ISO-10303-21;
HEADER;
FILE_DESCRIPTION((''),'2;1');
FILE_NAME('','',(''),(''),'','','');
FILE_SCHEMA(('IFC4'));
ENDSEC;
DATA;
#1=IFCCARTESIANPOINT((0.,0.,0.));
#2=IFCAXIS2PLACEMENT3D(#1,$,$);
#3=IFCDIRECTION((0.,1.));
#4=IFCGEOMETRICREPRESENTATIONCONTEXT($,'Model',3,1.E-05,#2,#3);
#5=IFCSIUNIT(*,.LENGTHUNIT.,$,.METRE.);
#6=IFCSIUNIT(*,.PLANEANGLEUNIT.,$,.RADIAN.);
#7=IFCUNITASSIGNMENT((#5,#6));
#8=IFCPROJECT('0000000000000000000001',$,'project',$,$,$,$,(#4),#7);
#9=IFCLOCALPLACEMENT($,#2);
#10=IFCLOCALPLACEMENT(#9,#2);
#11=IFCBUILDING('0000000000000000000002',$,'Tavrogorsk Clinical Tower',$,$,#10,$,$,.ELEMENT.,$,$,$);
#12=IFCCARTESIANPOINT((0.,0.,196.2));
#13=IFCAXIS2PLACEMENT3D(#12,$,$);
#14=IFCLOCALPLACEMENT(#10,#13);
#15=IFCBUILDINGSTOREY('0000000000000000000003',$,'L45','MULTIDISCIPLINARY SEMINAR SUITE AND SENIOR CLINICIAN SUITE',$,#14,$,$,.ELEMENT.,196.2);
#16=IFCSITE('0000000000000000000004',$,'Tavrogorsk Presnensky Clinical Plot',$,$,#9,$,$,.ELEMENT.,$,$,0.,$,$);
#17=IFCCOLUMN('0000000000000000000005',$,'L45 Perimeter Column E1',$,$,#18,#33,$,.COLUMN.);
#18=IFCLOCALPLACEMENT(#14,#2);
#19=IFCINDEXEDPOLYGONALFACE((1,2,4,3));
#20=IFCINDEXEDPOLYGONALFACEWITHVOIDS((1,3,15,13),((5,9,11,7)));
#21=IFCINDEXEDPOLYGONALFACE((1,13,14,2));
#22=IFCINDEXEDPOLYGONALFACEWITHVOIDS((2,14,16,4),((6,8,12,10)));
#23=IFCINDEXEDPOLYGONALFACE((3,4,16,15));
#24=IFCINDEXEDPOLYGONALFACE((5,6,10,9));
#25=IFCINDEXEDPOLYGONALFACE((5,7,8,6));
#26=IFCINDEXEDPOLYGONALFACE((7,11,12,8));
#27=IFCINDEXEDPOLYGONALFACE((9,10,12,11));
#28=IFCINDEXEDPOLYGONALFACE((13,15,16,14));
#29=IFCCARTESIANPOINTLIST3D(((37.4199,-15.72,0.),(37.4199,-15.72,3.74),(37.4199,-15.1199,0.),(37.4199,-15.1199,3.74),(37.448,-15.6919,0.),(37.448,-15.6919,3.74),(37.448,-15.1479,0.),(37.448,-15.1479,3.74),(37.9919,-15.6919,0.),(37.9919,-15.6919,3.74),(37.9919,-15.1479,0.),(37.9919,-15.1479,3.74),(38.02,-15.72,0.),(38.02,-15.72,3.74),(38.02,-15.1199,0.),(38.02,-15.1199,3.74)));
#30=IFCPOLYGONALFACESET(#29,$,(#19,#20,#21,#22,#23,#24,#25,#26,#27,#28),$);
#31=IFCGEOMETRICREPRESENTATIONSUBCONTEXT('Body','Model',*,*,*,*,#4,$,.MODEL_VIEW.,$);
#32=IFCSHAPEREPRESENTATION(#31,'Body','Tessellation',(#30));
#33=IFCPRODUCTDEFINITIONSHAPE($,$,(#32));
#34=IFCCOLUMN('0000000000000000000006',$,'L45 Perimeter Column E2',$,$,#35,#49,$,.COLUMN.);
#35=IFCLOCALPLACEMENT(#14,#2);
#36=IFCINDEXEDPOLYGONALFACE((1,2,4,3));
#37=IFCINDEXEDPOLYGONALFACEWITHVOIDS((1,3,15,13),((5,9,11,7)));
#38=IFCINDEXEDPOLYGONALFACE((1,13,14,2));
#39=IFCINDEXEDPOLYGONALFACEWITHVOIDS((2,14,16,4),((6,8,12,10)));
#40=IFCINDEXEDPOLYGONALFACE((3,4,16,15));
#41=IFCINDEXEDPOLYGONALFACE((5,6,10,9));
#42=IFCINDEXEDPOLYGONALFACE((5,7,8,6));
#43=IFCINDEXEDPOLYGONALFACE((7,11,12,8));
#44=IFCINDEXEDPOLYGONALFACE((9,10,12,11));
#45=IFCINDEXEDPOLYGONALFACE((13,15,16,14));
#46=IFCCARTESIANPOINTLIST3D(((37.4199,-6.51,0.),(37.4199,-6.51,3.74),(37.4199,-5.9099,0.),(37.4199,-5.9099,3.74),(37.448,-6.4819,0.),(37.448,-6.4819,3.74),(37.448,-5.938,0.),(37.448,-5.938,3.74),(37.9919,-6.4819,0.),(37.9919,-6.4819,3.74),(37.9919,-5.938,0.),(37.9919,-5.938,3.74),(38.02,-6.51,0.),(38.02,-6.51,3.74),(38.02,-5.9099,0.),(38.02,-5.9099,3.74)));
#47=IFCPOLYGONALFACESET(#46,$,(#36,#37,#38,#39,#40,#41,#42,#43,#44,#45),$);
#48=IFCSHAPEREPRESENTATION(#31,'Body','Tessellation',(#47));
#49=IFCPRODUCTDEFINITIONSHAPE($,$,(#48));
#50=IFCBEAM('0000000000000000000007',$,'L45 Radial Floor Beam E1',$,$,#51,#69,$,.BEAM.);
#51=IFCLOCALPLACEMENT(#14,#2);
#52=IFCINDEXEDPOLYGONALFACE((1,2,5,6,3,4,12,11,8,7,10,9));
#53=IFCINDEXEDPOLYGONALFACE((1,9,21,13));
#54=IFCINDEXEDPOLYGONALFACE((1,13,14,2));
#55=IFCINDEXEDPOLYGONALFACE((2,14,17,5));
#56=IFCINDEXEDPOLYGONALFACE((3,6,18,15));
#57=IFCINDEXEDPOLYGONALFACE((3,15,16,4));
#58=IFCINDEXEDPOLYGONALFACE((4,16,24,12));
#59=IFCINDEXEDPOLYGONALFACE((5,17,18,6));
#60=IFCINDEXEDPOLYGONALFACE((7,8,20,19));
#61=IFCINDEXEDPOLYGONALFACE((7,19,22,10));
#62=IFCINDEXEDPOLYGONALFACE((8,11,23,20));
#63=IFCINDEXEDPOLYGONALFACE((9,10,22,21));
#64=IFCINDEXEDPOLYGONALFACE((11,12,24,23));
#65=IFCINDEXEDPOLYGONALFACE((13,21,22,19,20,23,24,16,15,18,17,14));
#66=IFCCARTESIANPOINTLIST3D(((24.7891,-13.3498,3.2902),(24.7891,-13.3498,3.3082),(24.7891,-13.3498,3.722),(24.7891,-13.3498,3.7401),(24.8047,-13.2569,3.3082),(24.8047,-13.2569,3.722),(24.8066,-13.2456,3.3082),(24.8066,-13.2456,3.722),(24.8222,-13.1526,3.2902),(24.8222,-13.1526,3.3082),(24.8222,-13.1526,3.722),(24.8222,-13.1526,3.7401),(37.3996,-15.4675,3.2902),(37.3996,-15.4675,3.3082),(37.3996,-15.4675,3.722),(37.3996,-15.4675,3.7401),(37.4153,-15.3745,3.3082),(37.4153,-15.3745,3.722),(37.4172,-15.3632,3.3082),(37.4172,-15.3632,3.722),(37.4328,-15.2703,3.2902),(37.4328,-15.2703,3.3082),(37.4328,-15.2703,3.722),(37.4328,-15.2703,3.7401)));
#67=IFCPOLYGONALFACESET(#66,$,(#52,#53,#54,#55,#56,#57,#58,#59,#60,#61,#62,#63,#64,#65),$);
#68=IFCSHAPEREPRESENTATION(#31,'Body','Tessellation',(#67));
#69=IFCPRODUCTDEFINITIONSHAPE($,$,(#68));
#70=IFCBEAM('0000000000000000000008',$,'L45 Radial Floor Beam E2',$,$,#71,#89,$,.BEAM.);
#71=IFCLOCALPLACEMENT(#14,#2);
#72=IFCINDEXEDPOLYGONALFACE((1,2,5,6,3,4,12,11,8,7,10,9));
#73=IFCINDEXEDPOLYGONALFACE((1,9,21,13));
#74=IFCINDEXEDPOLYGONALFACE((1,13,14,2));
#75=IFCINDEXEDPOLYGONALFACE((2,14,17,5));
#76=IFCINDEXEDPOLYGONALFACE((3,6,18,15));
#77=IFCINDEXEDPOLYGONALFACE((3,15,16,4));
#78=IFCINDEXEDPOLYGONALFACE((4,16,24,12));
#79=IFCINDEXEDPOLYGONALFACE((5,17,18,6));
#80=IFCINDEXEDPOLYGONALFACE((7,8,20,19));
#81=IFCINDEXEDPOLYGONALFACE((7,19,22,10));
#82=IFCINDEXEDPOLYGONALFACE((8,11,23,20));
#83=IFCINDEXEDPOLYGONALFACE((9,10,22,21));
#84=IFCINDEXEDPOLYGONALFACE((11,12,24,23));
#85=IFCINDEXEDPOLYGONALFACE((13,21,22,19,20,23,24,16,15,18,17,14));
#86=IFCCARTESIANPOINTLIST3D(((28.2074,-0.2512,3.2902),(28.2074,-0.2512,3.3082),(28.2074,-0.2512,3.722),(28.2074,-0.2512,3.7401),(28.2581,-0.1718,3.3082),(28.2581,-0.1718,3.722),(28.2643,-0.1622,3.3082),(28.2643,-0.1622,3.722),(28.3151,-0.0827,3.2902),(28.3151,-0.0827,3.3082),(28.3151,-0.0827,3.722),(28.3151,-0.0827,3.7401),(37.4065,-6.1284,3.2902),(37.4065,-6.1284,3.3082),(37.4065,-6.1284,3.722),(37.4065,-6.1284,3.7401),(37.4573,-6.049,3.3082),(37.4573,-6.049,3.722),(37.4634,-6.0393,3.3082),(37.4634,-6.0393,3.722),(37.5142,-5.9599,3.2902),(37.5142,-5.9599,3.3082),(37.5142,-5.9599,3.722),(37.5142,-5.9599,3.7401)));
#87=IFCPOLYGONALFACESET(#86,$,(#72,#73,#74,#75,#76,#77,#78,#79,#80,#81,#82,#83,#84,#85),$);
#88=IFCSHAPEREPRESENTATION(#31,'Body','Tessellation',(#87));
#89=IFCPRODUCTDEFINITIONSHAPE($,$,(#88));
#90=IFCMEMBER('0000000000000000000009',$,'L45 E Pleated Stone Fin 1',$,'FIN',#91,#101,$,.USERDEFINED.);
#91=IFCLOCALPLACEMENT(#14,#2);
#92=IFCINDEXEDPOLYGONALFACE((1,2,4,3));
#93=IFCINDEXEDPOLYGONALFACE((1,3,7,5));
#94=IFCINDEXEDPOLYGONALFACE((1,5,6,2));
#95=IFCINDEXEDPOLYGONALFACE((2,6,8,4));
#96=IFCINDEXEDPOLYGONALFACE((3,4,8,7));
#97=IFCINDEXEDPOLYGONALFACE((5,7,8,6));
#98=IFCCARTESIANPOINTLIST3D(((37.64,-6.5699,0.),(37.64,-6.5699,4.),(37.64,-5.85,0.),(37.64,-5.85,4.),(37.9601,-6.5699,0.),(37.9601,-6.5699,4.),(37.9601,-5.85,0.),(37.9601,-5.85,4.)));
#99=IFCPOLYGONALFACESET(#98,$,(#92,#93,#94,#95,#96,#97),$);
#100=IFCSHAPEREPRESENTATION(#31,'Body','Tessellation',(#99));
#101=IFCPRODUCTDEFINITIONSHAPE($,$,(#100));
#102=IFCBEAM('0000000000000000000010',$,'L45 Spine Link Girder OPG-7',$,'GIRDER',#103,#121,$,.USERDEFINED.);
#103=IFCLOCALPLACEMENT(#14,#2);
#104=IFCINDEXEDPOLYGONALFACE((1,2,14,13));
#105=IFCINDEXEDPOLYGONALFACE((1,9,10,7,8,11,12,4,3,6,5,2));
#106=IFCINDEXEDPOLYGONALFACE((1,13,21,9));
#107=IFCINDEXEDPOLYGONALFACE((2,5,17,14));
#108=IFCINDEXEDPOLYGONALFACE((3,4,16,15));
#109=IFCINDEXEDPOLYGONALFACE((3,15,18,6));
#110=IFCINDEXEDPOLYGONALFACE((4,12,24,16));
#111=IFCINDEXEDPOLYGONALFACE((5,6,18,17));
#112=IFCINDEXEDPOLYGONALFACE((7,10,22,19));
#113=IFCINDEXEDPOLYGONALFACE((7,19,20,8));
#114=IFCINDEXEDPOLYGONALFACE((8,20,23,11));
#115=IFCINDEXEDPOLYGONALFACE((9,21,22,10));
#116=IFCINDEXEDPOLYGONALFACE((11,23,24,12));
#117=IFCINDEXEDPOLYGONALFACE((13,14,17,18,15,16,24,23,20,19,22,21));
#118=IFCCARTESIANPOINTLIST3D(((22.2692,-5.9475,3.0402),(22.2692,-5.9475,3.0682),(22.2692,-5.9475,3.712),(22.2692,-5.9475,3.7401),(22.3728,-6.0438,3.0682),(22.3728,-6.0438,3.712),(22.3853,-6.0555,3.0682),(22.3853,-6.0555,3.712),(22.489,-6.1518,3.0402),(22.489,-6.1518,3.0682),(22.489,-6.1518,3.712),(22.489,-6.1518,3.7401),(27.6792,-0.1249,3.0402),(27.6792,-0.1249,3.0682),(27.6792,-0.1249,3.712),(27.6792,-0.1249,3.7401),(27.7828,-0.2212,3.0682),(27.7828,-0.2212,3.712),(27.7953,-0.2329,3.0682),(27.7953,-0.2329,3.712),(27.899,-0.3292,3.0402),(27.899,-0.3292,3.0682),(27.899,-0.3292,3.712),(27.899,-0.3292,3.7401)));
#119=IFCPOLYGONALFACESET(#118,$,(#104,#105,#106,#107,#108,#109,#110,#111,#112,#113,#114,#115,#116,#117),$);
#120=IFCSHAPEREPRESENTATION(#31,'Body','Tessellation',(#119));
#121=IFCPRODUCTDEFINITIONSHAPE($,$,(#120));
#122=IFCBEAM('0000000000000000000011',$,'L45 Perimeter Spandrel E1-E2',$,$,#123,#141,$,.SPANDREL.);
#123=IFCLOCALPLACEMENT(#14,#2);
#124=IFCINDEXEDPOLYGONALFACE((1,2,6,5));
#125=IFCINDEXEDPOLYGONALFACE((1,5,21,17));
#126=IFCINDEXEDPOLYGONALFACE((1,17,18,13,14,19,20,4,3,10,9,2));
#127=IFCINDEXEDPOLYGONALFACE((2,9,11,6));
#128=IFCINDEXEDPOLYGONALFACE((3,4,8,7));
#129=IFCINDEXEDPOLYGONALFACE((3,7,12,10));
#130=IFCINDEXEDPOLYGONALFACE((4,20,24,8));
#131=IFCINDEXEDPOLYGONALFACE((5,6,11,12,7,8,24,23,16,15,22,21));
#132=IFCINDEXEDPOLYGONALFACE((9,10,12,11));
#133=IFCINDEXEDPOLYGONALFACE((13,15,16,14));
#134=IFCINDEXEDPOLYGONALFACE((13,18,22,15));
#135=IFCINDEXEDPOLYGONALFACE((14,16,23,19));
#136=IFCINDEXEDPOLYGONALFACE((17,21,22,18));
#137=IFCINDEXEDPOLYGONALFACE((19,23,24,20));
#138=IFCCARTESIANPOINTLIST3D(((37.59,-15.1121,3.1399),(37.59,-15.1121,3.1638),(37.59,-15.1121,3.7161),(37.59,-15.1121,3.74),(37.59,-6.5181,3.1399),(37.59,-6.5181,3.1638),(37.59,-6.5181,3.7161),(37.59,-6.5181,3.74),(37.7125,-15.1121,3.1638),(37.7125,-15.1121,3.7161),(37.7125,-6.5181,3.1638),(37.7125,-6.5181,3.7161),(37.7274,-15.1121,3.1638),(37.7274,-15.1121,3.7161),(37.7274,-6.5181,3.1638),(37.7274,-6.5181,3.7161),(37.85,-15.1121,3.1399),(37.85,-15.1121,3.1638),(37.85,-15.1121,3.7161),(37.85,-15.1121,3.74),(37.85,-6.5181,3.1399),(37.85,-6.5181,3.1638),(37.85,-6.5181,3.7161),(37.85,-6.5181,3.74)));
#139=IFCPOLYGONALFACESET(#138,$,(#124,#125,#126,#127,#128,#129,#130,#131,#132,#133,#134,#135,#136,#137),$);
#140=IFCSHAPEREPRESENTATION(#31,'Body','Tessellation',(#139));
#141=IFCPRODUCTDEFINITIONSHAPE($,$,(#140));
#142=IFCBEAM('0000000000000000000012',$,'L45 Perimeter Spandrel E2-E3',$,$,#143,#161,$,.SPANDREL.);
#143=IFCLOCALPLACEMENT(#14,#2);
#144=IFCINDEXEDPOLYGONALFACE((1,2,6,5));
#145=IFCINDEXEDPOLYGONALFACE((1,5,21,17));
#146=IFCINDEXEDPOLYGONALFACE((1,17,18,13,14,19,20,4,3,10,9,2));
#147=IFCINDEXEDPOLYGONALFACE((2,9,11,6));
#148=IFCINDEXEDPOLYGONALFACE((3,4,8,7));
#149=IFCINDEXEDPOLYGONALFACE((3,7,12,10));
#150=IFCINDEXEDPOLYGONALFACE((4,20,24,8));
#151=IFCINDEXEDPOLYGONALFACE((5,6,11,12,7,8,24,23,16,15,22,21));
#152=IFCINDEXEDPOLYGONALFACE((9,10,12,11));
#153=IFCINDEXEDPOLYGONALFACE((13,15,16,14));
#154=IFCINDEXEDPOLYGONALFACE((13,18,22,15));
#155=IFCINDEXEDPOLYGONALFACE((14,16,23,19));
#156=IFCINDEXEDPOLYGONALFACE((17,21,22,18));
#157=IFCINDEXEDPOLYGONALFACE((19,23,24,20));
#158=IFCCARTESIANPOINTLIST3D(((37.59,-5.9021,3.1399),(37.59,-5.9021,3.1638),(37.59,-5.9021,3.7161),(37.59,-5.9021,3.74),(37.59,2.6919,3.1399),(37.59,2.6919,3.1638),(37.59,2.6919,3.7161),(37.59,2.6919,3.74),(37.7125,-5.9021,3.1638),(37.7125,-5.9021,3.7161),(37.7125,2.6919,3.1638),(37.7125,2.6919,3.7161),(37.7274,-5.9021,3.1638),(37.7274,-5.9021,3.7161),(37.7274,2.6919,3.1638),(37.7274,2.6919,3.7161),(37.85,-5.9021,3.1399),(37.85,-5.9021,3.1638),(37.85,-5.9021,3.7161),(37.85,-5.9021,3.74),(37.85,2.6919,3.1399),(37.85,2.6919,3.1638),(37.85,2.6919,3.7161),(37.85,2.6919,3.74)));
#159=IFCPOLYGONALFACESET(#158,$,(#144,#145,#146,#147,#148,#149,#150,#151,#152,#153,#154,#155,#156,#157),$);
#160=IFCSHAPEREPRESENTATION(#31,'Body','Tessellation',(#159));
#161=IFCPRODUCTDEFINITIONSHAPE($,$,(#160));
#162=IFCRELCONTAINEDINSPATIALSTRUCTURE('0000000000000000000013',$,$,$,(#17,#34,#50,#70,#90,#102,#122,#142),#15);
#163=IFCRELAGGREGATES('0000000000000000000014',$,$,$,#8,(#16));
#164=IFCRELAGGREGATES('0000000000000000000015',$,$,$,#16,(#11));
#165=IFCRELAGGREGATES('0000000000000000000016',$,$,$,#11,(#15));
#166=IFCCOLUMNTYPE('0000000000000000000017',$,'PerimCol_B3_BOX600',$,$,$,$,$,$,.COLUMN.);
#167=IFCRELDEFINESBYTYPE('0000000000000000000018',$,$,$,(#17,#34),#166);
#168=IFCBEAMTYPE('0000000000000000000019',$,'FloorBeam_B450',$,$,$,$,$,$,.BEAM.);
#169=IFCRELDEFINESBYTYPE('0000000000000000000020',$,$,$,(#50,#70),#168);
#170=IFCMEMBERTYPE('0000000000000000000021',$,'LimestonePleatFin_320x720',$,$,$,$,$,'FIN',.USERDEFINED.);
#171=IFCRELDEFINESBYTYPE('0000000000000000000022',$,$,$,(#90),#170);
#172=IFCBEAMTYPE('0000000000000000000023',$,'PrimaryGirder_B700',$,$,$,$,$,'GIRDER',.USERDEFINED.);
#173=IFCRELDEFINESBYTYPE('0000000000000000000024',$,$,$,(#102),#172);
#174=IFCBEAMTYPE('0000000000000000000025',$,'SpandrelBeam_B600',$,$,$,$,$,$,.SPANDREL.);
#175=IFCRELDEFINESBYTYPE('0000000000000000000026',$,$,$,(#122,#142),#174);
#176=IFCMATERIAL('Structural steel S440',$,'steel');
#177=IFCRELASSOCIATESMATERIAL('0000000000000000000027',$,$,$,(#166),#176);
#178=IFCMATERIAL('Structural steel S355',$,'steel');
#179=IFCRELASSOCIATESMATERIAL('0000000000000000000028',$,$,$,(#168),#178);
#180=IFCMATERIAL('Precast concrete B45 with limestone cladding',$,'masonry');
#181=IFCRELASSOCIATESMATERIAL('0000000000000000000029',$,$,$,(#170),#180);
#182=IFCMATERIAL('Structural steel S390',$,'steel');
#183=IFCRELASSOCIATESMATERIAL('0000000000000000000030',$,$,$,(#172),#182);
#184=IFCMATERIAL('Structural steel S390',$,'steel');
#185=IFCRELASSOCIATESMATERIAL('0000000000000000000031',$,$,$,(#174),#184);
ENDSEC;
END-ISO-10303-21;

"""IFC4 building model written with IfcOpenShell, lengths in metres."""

from ifc_helpers import new_model, si_unit, direction, frame, origin, origin_2d, place, context, subcontext, project, spatial, rectangle, hollow_rectangle, i_section, extrude, material, material_profile, profile_set, type_object, element, save


model = new_model("IFC4")

# Units and contexts
model_context = context("Model", 3, precision=1e-05, world=origin(), true_north=direction((0.0, 1.0)))
body_context = subcontext(model_context, "Body", "Model", "MODEL_VIEW")
ifc_project = project(units=[si_unit("LENGTHUNIT", "METRE"), si_unit("PLANEANGLEUNIT", "RADIAN")], contexts=[model_context])

# Site, building, storey
site_placement = place(None, origin())
site = spatial("IfcSite", under=ifc_project, at=site_placement, Name="Tavrogorsk Presnensky Clinical Plot", CompositionType="ELEMENT", RefElevation=0.0)
building_placement = place(site_placement, origin())
building = spatial("IfcBuilding", under=site, at=building_placement, Name="Tavrogorsk Clinical Tower", CompositionType="ELEMENT")
storey_placement = place(building_placement, frame((0.0, 0.0, 196.2)))
storey = spatial("IfcBuildingStorey", under=building, at=storey_placement, Name="L45", Description="MULTIDISCIPLINARY SEMINAR SUITE AND SENIOR CLINICIAN SUITE", CompositionType="ELEMENT", Elevation=196.2)

# Columns
ifc_material_1 = material(Name="Structural steel S440", Category="steel")
ifc_material_profile_1 = material_profile(ifc_material_1, hollow_rectangle(XDim=0.6001, YDim=0.6001, WallThickness=0.0281, at=origin_2d()), Name="BOX-600x600x28")
ifc_profile_set_1 = profile_set([ifc_material_profile_1], Name="Structural steel S440")
column_type = type_object("IfcColumnType", Name="PerimCol_B3_BOX600", PredefinedType="COLUMN", material=ifc_profile_set_1)
for number, where, z_axis, x_axis, name in (
    (1, (37.72, -15.4199, 0.0), (0.0, 0.0, 1.0), (1.0, 0.0, 0.0), "L45 Perimeter Column E1"),
    (2, (37.72, -6.21, 0.0), (0.0, 0.0, 1.0), (1.0, 0.0, 0.0), "L45 Perimeter Column E2"),
):
    element("IfcColumn", number, at=place(storey_placement, frame(where, z_axis=z_axis, x_axis=x_axis)), inside=storey, type_object=column_type, Name=name, PredefinedType="COLUMN", context=body_context, shape_type="SweptSolid", body=[
        extrude(hollow_rectangle(XDim=0.6001, YDim=0.6001, WallThickness=0.0281, at=origin_2d()), origin(), (0.0, 0.0, 1.0), 3.74),
    ])

# Beams
ifc_material_2 = material(Name="Structural steel S355", Category="steel")
ifc_material_profile_2 = material_profile(ifc_material_2, i_section(OverallWidth=0.2, OverallDepth=0.45, WebThickness=0.0115, FlangeThickness=0.0181, at=origin_2d()), Name="B-450x200x11.5x18")
ifc_profile_set_2 = profile_set([ifc_material_profile_2], Name="Structural steel S355")
beam_type_1 = type_object("IfcBeamType", Name="FloorBeam_B450", PredefinedType="BEAM", material=ifc_profile_set_2)
beam_1_placement = place(storey_placement, frame((24.8057, -13.2512, 3.5151), z_axis=(0.986191, -0.165609, 0.0), x_axis=(0.165609, 0.986191, 0.0)))
element("IfcBeam", 3, at=beam_1_placement, inside=storey, type_object=beam_type_1, Name="L45 Radial Floor Beam E1", PredefinedType="BEAM", context=body_context, shape_type="SweptSolid", body=[
    extrude(i_section(OverallWidth=0.2, OverallDepth=0.45, WebThickness=0.0115, FlangeThickness=0.0181, at=origin_2d()), origin(), (0.0, 0.0, 1.0), 12.7871),
])
beam_2_placement = place(storey_placement, frame((28.2612, -0.167, 3.5151), z_axis=(0.8427, -0.538384, 0.0), x_axis=(0.538384, 0.8427, 0.0)))
element("IfcBeam", 4, at=beam_2_placement, inside=storey, type_object=beam_type_1, Name="L45 Radial Floor Beam E2", PredefinedType="BEAM", context=body_context, shape_type="SweptSolid", body=[
    extrude(i_section(OverallWidth=0.2, OverallDepth=0.45, WebThickness=0.0115, FlangeThickness=0.0181, at=origin_2d()), origin(), (0.0, 0.0, 1.0), 10.9163),
])

# Member
ifc_material_3 = material(Name="Precast concrete B45 with limestone cladding", Category="masonry")
ifc_material_profile_3 = material_profile(ifc_material_3, rectangle(XDim=0.3201, YDim=0.72, at=origin_2d()), Name="LIMESTONE-FIN-320x720")
ifc_profile_set_3 = profile_set([ifc_material_profile_3], Name="Precast concrete B45 with limestone cladding")
member_type = type_object("IfcMemberType", Name="LimestonePleatFin_320x720", ElementType="FIN", PredefinedType="USERDEFINED", material=ifc_profile_set_3)
member_placement = place(storey_placement, frame((37.8, -6.21, 0.0), z_axis=(0.0, 0.0, 1.0), x_axis=(1.0, 0.0, 0.0)))
element("IfcMember", 5, at=member_placement, inside=storey, type_object=member_type, Name="L45 E Pleated Stone Fin 1", ObjectType="FIN", PredefinedType="USERDEFINED", context=body_context, shape_type="SweptSolid", body=[
    extrude(rectangle(XDim=0.3201, YDim=0.72, at=origin_2d()), origin(), (0.0, 0.0, 1.0), 4.0),
])

# Beams
ifc_material_4 = material(Name="Structural steel S390", Category="steel")
ifc_material_profile_4 = material_profile(ifc_material_4, i_section(OverallWidth=0.3, OverallDepth=0.7, WebThickness=0.0171, FlangeThickness=0.0281, at=origin_2d()), Name="B-700x300x17x28")
ifc_profile_set_4 = profile_set([ifc_material_profile_4], Name="Structural steel S390")
beam_type_2 = type_object("IfcBeamType", Name="PrimaryGirder_B700", ElementType="GIRDER", PredefinedType="USERDEFINED", material=ifc_profile_set_4)
beam_3_placement = place(storey_placement, frame((27.7891, -0.2271, 3.3901), z_axis=(-0.680674, -0.732587, 0.0), x_axis=(0.732587, -0.680674, 0.0)))
element("IfcBeam", 6, at=beam_3_placement, inside=storey, type_object=beam_type_2, Name="L45 Spine Link Girder OPG-7", ObjectType="GIRDER", PredefinedType="USERDEFINED", context=body_context, shape_type="SweptSolid", body=[
    extrude(i_section(OverallWidth=0.3, OverallDepth=0.7, WebThickness=0.0171, FlangeThickness=0.0281, at=origin_2d()), origin(), (0.0, 0.0, 1.0), 7.948),
])
ifc_material_5 = material(Name="Structural steel S390", Category="steel")
ifc_material_profile_5 = material_profile(ifc_material_5, i_section(OverallWidth=0.26, OverallDepth=0.6001, WebThickness=0.0149, FlangeThickness=0.0239, at=origin_2d()), Name="B-600x260x15x24")
ifc_profile_set_5 = profile_set([ifc_material_profile_5], Name="Structural steel S390")
beam_type_3 = type_object("IfcBeamType", Name="SpandrelBeam_B600", PredefinedType="SPANDREL", material=ifc_profile_set_5)
for number, where, z_axis, x_axis, name in (
    (7, (37.72, -15.1121, 3.4399), (0.0, 1.0, 0.0), (-1.0, 0.0, 0.0), "L45 Perimeter Spandrel E1-E2"),
    (8, (37.72, -5.9021, 3.4399), (0.0, 1.0, 0.0), (-1.0, 0.0, 0.0), "L45 Perimeter Spandrel E2-E3"),
):
    element("IfcBeam", number, at=place(storey_placement, frame(where, z_axis=z_axis, x_axis=x_axis)), inside=storey, type_object=beam_type_3, Name=name, PredefinedType="SPANDREL", context=body_context, shape_type="SweptSolid", body=[
        extrude(i_section(OverallWidth=0.26, OverallDepth=0.6001, WebThickness=0.0149, FlangeThickness=0.0239, at=origin_2d()), origin(), (0.0, 0.0, 1.0), 8.594),
    ])

save(model, "model.ifc")
